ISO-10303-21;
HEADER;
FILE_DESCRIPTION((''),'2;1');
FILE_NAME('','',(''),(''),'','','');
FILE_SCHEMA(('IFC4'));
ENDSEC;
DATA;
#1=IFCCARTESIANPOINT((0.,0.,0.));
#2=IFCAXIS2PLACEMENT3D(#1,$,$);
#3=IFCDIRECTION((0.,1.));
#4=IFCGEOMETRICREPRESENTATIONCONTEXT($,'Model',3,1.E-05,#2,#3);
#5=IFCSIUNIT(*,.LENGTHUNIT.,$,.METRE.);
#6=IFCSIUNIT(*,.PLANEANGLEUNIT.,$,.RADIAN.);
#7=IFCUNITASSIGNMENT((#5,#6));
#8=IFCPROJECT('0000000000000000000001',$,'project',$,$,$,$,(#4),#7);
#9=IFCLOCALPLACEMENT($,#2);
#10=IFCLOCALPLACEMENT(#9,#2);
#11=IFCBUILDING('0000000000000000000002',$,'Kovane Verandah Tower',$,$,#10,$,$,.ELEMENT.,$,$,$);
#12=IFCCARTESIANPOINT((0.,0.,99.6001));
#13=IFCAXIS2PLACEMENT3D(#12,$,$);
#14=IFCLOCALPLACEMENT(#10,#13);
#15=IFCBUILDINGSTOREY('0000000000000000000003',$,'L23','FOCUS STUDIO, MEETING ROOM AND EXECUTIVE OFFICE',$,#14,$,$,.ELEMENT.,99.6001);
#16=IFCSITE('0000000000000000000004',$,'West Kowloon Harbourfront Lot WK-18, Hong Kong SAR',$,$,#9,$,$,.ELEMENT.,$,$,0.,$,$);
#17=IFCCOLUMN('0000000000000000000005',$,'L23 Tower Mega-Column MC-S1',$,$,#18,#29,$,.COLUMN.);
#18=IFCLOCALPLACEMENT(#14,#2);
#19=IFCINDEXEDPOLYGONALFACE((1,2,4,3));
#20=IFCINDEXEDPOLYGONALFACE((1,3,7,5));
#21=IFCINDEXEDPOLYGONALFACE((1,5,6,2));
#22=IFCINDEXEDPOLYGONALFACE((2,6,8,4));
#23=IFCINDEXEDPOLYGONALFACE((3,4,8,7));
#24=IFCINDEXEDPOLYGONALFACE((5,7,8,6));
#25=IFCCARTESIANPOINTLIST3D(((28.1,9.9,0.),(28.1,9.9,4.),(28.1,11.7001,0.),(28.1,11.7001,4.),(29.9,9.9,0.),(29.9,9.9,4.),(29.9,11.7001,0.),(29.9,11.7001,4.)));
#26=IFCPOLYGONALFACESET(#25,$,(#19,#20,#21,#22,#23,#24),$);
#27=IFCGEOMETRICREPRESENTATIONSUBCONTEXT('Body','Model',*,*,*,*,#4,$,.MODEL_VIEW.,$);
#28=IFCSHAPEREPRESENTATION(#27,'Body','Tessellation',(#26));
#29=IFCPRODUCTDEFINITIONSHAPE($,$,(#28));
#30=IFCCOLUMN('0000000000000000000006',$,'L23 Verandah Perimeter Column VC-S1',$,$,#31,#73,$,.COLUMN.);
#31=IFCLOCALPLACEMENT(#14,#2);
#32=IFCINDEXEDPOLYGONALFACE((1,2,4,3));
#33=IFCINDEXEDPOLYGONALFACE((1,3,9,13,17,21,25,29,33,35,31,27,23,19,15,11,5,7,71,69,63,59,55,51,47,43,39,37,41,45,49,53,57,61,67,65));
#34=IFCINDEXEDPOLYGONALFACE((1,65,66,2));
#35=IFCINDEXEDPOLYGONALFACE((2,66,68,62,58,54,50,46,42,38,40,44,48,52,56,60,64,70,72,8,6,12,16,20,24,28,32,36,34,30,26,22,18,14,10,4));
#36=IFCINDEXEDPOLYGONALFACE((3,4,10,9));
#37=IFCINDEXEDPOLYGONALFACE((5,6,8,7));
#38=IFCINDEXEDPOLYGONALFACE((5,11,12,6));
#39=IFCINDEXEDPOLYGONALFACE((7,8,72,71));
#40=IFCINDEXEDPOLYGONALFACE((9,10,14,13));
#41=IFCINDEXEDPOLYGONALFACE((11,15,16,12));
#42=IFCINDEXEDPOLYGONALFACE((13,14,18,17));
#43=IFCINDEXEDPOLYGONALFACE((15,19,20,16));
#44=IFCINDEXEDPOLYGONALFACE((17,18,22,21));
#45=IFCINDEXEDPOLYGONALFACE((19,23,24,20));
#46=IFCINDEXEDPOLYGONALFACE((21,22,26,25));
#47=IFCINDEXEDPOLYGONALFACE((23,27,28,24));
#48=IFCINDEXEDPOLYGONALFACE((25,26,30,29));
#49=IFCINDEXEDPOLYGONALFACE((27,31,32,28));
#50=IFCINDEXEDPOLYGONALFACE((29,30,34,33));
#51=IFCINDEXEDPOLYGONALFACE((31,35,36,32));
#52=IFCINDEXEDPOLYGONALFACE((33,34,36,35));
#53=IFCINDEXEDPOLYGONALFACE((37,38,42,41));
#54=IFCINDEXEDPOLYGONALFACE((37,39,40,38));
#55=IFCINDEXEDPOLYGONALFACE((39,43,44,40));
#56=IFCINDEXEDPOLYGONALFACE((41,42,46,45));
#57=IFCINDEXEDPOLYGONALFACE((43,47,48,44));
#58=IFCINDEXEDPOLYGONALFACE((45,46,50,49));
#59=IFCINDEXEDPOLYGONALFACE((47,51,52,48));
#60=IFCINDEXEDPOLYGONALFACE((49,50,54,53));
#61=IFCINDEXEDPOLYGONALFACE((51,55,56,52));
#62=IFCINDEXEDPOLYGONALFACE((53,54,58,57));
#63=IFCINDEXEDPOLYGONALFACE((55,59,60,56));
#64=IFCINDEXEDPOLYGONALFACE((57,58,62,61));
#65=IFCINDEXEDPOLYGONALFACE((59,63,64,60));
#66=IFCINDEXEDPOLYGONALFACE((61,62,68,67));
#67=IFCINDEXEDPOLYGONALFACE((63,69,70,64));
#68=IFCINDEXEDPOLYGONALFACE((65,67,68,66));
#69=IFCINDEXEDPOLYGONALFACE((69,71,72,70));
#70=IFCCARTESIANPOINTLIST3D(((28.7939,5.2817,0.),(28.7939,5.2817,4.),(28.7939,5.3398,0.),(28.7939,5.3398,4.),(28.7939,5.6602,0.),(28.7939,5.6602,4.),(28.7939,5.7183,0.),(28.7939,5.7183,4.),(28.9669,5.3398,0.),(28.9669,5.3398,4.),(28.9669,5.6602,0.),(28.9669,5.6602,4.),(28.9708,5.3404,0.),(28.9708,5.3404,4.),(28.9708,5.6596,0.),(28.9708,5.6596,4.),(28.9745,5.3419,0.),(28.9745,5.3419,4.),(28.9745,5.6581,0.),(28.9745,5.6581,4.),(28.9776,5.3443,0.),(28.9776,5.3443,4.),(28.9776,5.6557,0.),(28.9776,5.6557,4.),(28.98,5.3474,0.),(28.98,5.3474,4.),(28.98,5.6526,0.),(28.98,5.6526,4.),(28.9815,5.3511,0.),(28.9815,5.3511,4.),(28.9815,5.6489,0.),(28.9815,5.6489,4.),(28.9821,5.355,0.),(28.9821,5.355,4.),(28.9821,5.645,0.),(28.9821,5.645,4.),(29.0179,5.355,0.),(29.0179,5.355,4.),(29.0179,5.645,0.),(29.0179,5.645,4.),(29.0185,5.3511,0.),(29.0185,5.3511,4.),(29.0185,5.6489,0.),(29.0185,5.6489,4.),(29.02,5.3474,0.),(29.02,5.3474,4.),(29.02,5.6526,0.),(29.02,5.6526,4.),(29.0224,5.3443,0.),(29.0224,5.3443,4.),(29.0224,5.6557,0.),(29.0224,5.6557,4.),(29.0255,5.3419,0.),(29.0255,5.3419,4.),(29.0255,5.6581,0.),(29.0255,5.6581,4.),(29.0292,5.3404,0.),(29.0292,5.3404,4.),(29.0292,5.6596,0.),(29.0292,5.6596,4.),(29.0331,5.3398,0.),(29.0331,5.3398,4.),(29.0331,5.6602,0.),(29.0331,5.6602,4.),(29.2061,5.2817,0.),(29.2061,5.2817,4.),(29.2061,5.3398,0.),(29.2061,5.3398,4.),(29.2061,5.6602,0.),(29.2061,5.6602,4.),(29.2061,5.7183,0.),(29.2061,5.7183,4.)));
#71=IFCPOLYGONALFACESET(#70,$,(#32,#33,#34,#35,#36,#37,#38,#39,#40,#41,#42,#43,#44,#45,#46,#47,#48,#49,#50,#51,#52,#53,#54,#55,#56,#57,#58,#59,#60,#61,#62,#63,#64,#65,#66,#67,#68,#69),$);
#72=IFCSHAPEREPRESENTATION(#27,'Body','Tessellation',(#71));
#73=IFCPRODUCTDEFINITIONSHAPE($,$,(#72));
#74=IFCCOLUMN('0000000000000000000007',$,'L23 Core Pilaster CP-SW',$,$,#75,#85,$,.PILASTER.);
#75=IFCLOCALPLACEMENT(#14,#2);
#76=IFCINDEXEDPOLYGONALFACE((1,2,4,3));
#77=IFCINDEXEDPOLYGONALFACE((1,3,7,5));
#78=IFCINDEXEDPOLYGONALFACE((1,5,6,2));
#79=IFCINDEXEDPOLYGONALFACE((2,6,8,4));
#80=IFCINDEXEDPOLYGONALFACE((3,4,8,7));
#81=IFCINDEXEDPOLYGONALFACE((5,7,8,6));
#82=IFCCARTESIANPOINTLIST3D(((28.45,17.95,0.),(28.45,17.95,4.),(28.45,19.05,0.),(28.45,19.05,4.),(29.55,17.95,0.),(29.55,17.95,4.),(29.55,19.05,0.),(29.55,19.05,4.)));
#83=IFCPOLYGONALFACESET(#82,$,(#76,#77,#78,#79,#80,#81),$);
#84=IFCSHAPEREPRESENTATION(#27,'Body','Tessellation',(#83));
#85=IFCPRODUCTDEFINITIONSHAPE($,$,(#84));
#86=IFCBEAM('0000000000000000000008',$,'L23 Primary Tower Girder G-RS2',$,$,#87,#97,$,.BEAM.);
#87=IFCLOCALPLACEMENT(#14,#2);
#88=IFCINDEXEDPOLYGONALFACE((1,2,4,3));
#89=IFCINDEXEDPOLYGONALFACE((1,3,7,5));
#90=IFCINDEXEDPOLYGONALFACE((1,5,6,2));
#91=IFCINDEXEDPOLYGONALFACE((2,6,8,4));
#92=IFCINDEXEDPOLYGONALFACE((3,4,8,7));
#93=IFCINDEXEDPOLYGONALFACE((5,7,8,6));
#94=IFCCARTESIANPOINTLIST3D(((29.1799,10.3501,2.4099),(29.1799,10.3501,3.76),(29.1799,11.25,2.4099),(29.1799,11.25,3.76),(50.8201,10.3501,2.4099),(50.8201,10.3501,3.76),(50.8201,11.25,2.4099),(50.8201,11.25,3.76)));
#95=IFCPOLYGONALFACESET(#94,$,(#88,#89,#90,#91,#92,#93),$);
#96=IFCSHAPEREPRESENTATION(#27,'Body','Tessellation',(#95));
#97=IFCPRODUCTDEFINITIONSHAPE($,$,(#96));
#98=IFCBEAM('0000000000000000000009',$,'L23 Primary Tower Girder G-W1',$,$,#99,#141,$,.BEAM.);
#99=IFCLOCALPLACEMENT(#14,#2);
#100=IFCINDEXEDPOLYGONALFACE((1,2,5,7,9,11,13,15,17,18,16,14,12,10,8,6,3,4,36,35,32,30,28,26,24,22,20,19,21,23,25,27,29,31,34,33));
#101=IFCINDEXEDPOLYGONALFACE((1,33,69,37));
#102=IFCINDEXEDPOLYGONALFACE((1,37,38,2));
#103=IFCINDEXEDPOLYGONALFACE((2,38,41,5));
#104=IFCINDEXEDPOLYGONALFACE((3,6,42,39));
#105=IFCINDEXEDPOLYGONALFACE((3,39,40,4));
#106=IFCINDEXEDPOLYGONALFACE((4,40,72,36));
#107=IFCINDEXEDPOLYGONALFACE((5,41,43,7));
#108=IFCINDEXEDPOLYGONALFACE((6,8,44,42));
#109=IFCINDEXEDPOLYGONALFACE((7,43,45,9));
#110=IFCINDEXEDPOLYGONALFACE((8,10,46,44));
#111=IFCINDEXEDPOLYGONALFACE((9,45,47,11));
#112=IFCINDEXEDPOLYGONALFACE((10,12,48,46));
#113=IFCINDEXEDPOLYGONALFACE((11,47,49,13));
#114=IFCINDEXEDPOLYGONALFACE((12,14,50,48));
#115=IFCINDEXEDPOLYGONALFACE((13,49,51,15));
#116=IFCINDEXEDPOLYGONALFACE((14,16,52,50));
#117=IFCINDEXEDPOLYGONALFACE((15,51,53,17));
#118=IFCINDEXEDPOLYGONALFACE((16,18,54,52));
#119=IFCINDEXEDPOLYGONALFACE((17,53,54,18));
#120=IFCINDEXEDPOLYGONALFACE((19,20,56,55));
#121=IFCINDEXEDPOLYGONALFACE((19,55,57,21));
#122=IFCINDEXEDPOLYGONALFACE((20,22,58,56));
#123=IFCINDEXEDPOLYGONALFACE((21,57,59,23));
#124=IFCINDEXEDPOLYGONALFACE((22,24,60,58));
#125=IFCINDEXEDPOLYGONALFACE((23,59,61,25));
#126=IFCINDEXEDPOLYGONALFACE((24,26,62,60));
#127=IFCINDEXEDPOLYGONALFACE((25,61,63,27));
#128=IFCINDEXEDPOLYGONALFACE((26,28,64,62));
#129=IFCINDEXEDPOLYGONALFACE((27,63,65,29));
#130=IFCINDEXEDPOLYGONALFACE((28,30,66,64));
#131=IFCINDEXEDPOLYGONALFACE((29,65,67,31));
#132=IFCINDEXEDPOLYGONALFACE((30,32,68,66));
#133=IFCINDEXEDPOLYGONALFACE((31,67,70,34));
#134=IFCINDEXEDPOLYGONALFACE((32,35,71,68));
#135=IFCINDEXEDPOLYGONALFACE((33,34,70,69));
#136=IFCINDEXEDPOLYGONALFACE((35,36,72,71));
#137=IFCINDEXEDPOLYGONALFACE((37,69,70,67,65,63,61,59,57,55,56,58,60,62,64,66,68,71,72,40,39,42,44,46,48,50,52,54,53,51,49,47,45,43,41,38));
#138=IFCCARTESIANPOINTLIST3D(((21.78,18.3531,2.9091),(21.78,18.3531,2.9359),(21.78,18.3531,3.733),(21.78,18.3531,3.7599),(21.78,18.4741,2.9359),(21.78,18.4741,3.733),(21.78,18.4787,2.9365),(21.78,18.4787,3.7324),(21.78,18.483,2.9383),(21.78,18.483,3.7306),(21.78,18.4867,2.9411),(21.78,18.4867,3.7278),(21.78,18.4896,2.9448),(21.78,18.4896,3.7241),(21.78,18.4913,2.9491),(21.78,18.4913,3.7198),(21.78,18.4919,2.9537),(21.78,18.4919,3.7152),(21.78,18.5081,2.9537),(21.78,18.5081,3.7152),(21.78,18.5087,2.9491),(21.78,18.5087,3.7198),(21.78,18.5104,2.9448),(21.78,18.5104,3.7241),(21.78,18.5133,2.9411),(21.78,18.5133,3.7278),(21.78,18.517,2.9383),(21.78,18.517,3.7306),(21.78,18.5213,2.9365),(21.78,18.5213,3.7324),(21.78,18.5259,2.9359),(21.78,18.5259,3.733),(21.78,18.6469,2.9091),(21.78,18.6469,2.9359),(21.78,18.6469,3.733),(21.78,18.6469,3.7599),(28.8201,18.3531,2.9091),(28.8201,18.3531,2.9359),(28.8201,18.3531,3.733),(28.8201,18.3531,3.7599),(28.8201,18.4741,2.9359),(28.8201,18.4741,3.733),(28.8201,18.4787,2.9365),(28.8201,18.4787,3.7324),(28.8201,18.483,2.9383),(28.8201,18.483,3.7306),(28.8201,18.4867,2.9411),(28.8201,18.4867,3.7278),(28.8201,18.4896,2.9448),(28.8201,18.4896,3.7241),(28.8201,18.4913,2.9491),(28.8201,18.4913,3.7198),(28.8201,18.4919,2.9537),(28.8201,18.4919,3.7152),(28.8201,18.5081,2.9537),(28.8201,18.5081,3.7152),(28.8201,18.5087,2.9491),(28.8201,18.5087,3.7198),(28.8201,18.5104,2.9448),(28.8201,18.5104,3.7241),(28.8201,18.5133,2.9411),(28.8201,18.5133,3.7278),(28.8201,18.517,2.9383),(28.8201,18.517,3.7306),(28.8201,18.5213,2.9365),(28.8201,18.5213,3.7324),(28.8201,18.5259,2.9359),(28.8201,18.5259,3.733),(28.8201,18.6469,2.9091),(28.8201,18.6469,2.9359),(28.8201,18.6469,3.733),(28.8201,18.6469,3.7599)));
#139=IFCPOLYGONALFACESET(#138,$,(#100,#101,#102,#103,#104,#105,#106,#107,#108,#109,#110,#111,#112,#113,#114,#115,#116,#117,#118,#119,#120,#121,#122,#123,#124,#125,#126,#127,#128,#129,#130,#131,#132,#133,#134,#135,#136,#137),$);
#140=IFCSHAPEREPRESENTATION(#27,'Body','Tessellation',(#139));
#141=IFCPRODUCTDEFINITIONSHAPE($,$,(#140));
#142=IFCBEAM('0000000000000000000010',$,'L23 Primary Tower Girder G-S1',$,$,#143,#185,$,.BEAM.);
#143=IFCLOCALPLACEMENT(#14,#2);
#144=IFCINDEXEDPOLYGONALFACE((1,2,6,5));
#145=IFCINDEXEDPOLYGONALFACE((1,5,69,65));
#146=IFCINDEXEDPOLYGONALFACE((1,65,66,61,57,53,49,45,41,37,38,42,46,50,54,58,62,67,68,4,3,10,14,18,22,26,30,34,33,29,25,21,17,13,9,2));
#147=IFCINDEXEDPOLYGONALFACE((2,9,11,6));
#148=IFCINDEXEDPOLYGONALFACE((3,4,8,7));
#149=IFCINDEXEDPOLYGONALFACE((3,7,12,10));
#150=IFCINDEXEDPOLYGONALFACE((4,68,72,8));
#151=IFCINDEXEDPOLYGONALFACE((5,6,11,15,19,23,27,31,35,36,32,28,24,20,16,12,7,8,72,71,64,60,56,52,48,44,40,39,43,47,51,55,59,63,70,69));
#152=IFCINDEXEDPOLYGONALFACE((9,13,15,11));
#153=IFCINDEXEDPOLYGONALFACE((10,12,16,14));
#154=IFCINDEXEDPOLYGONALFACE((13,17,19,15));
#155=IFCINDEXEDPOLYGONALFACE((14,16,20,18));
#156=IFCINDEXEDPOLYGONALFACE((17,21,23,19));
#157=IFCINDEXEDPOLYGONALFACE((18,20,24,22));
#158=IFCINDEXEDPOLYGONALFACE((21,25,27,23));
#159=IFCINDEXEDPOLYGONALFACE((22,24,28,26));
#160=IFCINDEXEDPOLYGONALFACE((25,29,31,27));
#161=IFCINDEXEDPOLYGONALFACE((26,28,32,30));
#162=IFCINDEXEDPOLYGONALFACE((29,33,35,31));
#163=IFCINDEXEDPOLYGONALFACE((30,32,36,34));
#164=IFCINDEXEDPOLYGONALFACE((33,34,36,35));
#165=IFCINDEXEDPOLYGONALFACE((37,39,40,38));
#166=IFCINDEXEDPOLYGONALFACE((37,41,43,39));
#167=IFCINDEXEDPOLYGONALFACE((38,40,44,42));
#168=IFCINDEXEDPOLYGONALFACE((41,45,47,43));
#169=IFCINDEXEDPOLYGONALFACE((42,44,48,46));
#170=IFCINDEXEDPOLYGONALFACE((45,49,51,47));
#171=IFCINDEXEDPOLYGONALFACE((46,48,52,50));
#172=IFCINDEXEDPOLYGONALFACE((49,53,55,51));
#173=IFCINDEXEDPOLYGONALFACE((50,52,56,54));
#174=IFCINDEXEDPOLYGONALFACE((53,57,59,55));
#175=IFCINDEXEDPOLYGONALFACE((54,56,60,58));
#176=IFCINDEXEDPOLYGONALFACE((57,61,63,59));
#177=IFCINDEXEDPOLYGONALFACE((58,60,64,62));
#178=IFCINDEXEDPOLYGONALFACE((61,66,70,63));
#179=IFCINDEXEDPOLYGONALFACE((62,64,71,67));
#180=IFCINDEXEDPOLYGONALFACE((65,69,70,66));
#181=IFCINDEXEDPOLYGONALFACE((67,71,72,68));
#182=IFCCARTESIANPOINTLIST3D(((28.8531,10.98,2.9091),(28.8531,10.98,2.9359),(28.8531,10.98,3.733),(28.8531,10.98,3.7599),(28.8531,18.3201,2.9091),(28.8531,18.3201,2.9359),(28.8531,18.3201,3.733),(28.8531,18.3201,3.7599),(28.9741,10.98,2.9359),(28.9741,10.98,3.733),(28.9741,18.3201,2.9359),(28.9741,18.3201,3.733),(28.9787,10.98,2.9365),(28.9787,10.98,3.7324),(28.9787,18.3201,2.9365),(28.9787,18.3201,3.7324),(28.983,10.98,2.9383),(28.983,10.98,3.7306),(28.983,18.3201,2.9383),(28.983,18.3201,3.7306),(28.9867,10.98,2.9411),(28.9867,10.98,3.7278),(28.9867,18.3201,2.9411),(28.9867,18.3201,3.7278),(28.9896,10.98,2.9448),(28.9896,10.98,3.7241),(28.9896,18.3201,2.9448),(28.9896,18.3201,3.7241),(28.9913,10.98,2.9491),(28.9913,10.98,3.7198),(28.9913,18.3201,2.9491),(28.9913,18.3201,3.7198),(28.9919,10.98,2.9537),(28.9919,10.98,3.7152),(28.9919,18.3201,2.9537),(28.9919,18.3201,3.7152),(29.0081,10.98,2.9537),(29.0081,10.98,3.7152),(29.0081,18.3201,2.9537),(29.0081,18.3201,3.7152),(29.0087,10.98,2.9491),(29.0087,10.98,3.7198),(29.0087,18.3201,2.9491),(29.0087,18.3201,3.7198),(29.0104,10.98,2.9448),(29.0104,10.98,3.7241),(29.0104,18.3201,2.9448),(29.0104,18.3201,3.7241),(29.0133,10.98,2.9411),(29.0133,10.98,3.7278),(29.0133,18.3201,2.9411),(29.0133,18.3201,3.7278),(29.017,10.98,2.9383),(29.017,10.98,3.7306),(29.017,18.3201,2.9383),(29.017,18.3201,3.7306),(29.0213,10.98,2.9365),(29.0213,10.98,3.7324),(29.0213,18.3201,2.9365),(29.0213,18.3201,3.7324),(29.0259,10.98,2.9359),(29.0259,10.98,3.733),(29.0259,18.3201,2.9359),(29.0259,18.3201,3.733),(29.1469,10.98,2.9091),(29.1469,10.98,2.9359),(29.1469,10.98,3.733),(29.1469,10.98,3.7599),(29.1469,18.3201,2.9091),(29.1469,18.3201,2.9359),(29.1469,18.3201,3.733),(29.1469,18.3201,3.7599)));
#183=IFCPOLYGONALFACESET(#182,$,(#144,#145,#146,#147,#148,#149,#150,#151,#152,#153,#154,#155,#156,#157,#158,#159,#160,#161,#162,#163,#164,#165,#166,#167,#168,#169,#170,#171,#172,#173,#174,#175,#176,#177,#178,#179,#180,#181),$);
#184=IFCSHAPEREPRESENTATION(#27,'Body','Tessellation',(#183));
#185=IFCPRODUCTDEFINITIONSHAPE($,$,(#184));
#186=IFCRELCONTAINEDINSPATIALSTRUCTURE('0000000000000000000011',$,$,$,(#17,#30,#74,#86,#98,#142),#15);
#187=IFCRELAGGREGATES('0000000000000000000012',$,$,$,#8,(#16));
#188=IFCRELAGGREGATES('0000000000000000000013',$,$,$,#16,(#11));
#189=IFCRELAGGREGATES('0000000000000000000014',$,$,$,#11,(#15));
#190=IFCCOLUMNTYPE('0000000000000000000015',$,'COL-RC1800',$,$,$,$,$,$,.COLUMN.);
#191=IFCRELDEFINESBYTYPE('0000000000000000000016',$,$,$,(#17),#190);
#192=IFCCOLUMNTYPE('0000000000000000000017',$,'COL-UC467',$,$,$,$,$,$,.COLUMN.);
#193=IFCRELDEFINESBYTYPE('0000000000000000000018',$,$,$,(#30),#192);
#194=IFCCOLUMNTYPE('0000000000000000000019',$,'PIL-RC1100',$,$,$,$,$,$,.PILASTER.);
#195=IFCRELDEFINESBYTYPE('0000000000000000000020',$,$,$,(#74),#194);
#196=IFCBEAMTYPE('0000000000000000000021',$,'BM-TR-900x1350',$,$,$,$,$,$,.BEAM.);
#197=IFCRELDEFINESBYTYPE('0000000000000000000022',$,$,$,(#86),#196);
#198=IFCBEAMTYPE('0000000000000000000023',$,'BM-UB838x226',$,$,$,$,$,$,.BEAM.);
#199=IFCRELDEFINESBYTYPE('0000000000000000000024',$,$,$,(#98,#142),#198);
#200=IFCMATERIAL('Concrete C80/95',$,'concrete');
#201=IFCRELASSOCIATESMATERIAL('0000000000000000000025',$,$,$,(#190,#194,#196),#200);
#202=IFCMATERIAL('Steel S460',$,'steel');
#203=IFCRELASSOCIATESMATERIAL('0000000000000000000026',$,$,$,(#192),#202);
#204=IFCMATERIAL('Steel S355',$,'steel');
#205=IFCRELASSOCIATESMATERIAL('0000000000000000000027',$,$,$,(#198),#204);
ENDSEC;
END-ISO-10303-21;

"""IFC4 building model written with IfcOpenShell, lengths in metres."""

from ifc_helpers import new_model, si_unit, direction, frame, origin, origin_2d, place, context, subcontext, project, spatial, rectangle, i_section, extrude, material, material_profile, profile_set, type_object, element, save


model = new_model("IFC4")

# Units and contexts
model_context = context("Model", 3, precision=1e-05, world=origin(), true_north=direction((0.0, 1.0)))
body_context = subcontext(model_context, "Body", "Model", "MODEL_VIEW")
ifc_project = project(units=[si_unit("LENGTHUNIT", "METRE"), si_unit("PLANEANGLEUNIT", "RADIAN")], contexts=[model_context])

# Site, building, storey
site_placement = place(None, origin())
site = spatial("IfcSite", under=ifc_project, at=site_placement, Name="West Kowloon Harbourfront Lot WK-18, Hong Kong SAR", CompositionType="ELEMENT", RefElevation=0.0)
building_placement = place(site_placement, origin())
building = spatial("IfcBuilding", under=site, at=building_placement, Name="Kovane Verandah Tower", CompositionType="ELEMENT")
storey_placement = place(building_placement, frame((0.0, 0.0, 99.6001)))
storey = spatial("IfcBuildingStorey", under=building, at=storey_placement, Name="L23", Description="FOCUS STUDIO, MEETING ROOM AND EXECUTIVE OFFICE", CompositionType="ELEMENT", Elevation=99.6001)

# Columns
ifc_material_1 = material(Name="Concrete C80/95", Category="concrete")
ifc_material_profile_1 = material_profile(ifc_material_1, rectangle(XDim=1.8, YDim=1.8, at=origin_2d()), Name="RC1800x1800")
ifc_profile_set_1 = profile_set([ifc_material_profile_1], Name="Concrete C80/95")
column_type_1 = type_object("IfcColumnType", Name="COL-RC1800", PredefinedType="COLUMN", material=ifc_profile_set_1)
column_1_placement = place(storey_placement, frame((29.0, 10.8, 0.0), z_axis=(0.0, 0.0, 1.0), x_axis=(1.0, 0.0, 0.0)))
element("IfcColumn", 1, at=column_1_placement, inside=storey, type_object=column_type_1, Name="L23 Tower Mega-Column MC-S1", PredefinedType="COLUMN", context=body_context, shape_type="SweptSolid", body=[
    extrude(rectangle(XDim=1.8, YDim=1.8, at=origin_2d()), origin(), (0.0, 0.0, 1.0), 4.0),
])
ifc_material_2 = material(Name="Steel S460", Category="steel")
ifc_material_profile_2 = material_profile(ifc_material_2, i_section(OverallWidth=0.4121, OverallDepth=0.4365, WebThickness=0.0359, FlangeThickness=0.0581, FilletRadius=0.0151, at=origin_2d()), Name="UC356x406x467")
ifc_profile_set_2 = profile_set([ifc_material_profile_2], Name="Steel S460")
column_type_2 = type_object("IfcColumnType", Name="COL-UC467", PredefinedType="COLUMN", material=ifc_profile_set_2)
column_2_placement = place(storey_placement, frame((29.0, 5.5, 0.0), z_axis=(0.0, 0.0, 1.0), x_axis=(1.0, 0.0, 0.0)))
element("IfcColumn", 2, at=column_2_placement, inside=storey, type_object=column_type_2, Name="L23 Verandah Perimeter Column VC-S1", PredefinedType="COLUMN", context=body_context, shape_type="SweptSolid", body=[
    extrude(i_section(OverallWidth=0.4121, OverallDepth=0.4365, WebThickness=0.0359, FlangeThickness=0.0581, FilletRadius=0.0151, at=origin_2d()), origin(), (0.0, 0.0, 1.0), 4.0),
])
ifc_material_profile_3 = material_profile(ifc_material_1, rectangle(XDim=1.1001, YDim=1.1001, at=origin_2d()), Name="RC1100x1100")
ifc_profile_set_3 = profile_set([ifc_material_profile_3], Name="Concrete C80/95")
column_type_3 = type_object("IfcColumnType", Name="PIL-RC1100", PredefinedType="PILASTER", material=ifc_profile_set_3)
column_3_placement = place(storey_placement, frame((29.0, 18.5, 0.0), z_axis=(0.0, 0.0, 1.0), x_axis=(1.0, 0.0, 0.0)))
element("IfcColumn", 3, at=column_3_placement, inside=storey, type_object=column_type_3, Name="L23 Core Pilaster CP-SW", PredefinedType="PILASTER", context=body_context, shape_type="SweptSolid", body=[
    extrude(rectangle(XDim=1.1001, YDim=1.1001, at=origin_2d()), origin(), (0.0, 0.0, 1.0), 4.0),
])

# Beams
ifc_material_profile_4 = material_profile(ifc_material_1, rectangle(XDim=0.8999, YDim=1.3501, at=origin_2d()), Name="RCB900x1350")
ifc_profile_set_4 = profile_set([ifc_material_profile_4], Name="Concrete C80/95")
beam_type_1 = type_object("IfcBeamType", Name="BM-TR-900x1350", PredefinedType="BEAM", material=ifc_profile_set_4)
beam_1_placement = place(storey_placement, frame((29.1799, 10.8, 3.085), z_axis=(1.0, 0.0, 0.0), x_axis=(0.0, 1.0, 0.0)))
element("IfcBeam", 4, at=beam_1_placement, inside=storey, type_object=beam_type_1, Name="L23 Primary Tower Girder G-RS2", PredefinedType="BEAM", context=body_context, shape_type="SweptSolid", body=[
    extrude(rectangle(XDim=0.8999, YDim=1.3501, at=origin_2d()), origin(), (0.0, 0.0, 1.0), 21.6401),
])
ifc_material_3 = material(Name="Steel S355", Category="steel")
ifc_material_profile_5 = material_profile(ifc_material_3, i_section(OverallWidth=0.2937, OverallDepth=0.8508, WebThickness=0.0161, FlangeThickness=0.0269, FilletRadius=0.0178, at=origin_2d()), Name="UB838x292x226")
ifc_profile_set_5 = profile_set([ifc_material_profile_5], Name="Steel S355")
beam_type_2 = type_object("IfcBeamType", Name="BM-UB838x226", PredefinedType="BEAM", material=ifc_profile_set_5)
beam_2_placement = place(storey_placement, frame((28.8201, 18.5, 3.3345), z_axis=(-1.0, 0.0, 0.0), x_axis=(0.0, -1.0, 0.0)))
element("IfcBeam", 5, at=beam_2_placement, inside=storey, type_object=beam_type_2, Name="L23 Primary Tower Girder G-W1", PredefinedType="BEAM", context=body_context, shape_type="SweptSolid", body=[
    extrude(i_section(OverallWidth=0.2937, OverallDepth=0.8508, WebThickness=0.0161, FlangeThickness=0.0269, FilletRadius=0.0178, at=origin_2d()), origin(), (0.0, 0.0, 1.0), 7.04),
])
beam_3_placement = place(storey_placement, frame((29.0, 18.3201, 3.3345), z_axis=(0.0, -1.0, 0.0), x_axis=(1.0, 0.0, 0.0)))
element("IfcBeam", 6, at=beam_3_placement, inside=storey, type_object=beam_type_2, Name="L23 Primary Tower Girder G-S1", PredefinedType="BEAM", context=body_context, shape_type="SweptSolid", body=[
    extrude(i_section(OverallWidth=0.2937, OverallDepth=0.8508, WebThickness=0.0161, FlangeThickness=0.0269, FilletRadius=0.0178, at=origin_2d()), origin(), (0.0, 0.0, 1.0), 7.3401),
])

save(model, "model.ifc")
